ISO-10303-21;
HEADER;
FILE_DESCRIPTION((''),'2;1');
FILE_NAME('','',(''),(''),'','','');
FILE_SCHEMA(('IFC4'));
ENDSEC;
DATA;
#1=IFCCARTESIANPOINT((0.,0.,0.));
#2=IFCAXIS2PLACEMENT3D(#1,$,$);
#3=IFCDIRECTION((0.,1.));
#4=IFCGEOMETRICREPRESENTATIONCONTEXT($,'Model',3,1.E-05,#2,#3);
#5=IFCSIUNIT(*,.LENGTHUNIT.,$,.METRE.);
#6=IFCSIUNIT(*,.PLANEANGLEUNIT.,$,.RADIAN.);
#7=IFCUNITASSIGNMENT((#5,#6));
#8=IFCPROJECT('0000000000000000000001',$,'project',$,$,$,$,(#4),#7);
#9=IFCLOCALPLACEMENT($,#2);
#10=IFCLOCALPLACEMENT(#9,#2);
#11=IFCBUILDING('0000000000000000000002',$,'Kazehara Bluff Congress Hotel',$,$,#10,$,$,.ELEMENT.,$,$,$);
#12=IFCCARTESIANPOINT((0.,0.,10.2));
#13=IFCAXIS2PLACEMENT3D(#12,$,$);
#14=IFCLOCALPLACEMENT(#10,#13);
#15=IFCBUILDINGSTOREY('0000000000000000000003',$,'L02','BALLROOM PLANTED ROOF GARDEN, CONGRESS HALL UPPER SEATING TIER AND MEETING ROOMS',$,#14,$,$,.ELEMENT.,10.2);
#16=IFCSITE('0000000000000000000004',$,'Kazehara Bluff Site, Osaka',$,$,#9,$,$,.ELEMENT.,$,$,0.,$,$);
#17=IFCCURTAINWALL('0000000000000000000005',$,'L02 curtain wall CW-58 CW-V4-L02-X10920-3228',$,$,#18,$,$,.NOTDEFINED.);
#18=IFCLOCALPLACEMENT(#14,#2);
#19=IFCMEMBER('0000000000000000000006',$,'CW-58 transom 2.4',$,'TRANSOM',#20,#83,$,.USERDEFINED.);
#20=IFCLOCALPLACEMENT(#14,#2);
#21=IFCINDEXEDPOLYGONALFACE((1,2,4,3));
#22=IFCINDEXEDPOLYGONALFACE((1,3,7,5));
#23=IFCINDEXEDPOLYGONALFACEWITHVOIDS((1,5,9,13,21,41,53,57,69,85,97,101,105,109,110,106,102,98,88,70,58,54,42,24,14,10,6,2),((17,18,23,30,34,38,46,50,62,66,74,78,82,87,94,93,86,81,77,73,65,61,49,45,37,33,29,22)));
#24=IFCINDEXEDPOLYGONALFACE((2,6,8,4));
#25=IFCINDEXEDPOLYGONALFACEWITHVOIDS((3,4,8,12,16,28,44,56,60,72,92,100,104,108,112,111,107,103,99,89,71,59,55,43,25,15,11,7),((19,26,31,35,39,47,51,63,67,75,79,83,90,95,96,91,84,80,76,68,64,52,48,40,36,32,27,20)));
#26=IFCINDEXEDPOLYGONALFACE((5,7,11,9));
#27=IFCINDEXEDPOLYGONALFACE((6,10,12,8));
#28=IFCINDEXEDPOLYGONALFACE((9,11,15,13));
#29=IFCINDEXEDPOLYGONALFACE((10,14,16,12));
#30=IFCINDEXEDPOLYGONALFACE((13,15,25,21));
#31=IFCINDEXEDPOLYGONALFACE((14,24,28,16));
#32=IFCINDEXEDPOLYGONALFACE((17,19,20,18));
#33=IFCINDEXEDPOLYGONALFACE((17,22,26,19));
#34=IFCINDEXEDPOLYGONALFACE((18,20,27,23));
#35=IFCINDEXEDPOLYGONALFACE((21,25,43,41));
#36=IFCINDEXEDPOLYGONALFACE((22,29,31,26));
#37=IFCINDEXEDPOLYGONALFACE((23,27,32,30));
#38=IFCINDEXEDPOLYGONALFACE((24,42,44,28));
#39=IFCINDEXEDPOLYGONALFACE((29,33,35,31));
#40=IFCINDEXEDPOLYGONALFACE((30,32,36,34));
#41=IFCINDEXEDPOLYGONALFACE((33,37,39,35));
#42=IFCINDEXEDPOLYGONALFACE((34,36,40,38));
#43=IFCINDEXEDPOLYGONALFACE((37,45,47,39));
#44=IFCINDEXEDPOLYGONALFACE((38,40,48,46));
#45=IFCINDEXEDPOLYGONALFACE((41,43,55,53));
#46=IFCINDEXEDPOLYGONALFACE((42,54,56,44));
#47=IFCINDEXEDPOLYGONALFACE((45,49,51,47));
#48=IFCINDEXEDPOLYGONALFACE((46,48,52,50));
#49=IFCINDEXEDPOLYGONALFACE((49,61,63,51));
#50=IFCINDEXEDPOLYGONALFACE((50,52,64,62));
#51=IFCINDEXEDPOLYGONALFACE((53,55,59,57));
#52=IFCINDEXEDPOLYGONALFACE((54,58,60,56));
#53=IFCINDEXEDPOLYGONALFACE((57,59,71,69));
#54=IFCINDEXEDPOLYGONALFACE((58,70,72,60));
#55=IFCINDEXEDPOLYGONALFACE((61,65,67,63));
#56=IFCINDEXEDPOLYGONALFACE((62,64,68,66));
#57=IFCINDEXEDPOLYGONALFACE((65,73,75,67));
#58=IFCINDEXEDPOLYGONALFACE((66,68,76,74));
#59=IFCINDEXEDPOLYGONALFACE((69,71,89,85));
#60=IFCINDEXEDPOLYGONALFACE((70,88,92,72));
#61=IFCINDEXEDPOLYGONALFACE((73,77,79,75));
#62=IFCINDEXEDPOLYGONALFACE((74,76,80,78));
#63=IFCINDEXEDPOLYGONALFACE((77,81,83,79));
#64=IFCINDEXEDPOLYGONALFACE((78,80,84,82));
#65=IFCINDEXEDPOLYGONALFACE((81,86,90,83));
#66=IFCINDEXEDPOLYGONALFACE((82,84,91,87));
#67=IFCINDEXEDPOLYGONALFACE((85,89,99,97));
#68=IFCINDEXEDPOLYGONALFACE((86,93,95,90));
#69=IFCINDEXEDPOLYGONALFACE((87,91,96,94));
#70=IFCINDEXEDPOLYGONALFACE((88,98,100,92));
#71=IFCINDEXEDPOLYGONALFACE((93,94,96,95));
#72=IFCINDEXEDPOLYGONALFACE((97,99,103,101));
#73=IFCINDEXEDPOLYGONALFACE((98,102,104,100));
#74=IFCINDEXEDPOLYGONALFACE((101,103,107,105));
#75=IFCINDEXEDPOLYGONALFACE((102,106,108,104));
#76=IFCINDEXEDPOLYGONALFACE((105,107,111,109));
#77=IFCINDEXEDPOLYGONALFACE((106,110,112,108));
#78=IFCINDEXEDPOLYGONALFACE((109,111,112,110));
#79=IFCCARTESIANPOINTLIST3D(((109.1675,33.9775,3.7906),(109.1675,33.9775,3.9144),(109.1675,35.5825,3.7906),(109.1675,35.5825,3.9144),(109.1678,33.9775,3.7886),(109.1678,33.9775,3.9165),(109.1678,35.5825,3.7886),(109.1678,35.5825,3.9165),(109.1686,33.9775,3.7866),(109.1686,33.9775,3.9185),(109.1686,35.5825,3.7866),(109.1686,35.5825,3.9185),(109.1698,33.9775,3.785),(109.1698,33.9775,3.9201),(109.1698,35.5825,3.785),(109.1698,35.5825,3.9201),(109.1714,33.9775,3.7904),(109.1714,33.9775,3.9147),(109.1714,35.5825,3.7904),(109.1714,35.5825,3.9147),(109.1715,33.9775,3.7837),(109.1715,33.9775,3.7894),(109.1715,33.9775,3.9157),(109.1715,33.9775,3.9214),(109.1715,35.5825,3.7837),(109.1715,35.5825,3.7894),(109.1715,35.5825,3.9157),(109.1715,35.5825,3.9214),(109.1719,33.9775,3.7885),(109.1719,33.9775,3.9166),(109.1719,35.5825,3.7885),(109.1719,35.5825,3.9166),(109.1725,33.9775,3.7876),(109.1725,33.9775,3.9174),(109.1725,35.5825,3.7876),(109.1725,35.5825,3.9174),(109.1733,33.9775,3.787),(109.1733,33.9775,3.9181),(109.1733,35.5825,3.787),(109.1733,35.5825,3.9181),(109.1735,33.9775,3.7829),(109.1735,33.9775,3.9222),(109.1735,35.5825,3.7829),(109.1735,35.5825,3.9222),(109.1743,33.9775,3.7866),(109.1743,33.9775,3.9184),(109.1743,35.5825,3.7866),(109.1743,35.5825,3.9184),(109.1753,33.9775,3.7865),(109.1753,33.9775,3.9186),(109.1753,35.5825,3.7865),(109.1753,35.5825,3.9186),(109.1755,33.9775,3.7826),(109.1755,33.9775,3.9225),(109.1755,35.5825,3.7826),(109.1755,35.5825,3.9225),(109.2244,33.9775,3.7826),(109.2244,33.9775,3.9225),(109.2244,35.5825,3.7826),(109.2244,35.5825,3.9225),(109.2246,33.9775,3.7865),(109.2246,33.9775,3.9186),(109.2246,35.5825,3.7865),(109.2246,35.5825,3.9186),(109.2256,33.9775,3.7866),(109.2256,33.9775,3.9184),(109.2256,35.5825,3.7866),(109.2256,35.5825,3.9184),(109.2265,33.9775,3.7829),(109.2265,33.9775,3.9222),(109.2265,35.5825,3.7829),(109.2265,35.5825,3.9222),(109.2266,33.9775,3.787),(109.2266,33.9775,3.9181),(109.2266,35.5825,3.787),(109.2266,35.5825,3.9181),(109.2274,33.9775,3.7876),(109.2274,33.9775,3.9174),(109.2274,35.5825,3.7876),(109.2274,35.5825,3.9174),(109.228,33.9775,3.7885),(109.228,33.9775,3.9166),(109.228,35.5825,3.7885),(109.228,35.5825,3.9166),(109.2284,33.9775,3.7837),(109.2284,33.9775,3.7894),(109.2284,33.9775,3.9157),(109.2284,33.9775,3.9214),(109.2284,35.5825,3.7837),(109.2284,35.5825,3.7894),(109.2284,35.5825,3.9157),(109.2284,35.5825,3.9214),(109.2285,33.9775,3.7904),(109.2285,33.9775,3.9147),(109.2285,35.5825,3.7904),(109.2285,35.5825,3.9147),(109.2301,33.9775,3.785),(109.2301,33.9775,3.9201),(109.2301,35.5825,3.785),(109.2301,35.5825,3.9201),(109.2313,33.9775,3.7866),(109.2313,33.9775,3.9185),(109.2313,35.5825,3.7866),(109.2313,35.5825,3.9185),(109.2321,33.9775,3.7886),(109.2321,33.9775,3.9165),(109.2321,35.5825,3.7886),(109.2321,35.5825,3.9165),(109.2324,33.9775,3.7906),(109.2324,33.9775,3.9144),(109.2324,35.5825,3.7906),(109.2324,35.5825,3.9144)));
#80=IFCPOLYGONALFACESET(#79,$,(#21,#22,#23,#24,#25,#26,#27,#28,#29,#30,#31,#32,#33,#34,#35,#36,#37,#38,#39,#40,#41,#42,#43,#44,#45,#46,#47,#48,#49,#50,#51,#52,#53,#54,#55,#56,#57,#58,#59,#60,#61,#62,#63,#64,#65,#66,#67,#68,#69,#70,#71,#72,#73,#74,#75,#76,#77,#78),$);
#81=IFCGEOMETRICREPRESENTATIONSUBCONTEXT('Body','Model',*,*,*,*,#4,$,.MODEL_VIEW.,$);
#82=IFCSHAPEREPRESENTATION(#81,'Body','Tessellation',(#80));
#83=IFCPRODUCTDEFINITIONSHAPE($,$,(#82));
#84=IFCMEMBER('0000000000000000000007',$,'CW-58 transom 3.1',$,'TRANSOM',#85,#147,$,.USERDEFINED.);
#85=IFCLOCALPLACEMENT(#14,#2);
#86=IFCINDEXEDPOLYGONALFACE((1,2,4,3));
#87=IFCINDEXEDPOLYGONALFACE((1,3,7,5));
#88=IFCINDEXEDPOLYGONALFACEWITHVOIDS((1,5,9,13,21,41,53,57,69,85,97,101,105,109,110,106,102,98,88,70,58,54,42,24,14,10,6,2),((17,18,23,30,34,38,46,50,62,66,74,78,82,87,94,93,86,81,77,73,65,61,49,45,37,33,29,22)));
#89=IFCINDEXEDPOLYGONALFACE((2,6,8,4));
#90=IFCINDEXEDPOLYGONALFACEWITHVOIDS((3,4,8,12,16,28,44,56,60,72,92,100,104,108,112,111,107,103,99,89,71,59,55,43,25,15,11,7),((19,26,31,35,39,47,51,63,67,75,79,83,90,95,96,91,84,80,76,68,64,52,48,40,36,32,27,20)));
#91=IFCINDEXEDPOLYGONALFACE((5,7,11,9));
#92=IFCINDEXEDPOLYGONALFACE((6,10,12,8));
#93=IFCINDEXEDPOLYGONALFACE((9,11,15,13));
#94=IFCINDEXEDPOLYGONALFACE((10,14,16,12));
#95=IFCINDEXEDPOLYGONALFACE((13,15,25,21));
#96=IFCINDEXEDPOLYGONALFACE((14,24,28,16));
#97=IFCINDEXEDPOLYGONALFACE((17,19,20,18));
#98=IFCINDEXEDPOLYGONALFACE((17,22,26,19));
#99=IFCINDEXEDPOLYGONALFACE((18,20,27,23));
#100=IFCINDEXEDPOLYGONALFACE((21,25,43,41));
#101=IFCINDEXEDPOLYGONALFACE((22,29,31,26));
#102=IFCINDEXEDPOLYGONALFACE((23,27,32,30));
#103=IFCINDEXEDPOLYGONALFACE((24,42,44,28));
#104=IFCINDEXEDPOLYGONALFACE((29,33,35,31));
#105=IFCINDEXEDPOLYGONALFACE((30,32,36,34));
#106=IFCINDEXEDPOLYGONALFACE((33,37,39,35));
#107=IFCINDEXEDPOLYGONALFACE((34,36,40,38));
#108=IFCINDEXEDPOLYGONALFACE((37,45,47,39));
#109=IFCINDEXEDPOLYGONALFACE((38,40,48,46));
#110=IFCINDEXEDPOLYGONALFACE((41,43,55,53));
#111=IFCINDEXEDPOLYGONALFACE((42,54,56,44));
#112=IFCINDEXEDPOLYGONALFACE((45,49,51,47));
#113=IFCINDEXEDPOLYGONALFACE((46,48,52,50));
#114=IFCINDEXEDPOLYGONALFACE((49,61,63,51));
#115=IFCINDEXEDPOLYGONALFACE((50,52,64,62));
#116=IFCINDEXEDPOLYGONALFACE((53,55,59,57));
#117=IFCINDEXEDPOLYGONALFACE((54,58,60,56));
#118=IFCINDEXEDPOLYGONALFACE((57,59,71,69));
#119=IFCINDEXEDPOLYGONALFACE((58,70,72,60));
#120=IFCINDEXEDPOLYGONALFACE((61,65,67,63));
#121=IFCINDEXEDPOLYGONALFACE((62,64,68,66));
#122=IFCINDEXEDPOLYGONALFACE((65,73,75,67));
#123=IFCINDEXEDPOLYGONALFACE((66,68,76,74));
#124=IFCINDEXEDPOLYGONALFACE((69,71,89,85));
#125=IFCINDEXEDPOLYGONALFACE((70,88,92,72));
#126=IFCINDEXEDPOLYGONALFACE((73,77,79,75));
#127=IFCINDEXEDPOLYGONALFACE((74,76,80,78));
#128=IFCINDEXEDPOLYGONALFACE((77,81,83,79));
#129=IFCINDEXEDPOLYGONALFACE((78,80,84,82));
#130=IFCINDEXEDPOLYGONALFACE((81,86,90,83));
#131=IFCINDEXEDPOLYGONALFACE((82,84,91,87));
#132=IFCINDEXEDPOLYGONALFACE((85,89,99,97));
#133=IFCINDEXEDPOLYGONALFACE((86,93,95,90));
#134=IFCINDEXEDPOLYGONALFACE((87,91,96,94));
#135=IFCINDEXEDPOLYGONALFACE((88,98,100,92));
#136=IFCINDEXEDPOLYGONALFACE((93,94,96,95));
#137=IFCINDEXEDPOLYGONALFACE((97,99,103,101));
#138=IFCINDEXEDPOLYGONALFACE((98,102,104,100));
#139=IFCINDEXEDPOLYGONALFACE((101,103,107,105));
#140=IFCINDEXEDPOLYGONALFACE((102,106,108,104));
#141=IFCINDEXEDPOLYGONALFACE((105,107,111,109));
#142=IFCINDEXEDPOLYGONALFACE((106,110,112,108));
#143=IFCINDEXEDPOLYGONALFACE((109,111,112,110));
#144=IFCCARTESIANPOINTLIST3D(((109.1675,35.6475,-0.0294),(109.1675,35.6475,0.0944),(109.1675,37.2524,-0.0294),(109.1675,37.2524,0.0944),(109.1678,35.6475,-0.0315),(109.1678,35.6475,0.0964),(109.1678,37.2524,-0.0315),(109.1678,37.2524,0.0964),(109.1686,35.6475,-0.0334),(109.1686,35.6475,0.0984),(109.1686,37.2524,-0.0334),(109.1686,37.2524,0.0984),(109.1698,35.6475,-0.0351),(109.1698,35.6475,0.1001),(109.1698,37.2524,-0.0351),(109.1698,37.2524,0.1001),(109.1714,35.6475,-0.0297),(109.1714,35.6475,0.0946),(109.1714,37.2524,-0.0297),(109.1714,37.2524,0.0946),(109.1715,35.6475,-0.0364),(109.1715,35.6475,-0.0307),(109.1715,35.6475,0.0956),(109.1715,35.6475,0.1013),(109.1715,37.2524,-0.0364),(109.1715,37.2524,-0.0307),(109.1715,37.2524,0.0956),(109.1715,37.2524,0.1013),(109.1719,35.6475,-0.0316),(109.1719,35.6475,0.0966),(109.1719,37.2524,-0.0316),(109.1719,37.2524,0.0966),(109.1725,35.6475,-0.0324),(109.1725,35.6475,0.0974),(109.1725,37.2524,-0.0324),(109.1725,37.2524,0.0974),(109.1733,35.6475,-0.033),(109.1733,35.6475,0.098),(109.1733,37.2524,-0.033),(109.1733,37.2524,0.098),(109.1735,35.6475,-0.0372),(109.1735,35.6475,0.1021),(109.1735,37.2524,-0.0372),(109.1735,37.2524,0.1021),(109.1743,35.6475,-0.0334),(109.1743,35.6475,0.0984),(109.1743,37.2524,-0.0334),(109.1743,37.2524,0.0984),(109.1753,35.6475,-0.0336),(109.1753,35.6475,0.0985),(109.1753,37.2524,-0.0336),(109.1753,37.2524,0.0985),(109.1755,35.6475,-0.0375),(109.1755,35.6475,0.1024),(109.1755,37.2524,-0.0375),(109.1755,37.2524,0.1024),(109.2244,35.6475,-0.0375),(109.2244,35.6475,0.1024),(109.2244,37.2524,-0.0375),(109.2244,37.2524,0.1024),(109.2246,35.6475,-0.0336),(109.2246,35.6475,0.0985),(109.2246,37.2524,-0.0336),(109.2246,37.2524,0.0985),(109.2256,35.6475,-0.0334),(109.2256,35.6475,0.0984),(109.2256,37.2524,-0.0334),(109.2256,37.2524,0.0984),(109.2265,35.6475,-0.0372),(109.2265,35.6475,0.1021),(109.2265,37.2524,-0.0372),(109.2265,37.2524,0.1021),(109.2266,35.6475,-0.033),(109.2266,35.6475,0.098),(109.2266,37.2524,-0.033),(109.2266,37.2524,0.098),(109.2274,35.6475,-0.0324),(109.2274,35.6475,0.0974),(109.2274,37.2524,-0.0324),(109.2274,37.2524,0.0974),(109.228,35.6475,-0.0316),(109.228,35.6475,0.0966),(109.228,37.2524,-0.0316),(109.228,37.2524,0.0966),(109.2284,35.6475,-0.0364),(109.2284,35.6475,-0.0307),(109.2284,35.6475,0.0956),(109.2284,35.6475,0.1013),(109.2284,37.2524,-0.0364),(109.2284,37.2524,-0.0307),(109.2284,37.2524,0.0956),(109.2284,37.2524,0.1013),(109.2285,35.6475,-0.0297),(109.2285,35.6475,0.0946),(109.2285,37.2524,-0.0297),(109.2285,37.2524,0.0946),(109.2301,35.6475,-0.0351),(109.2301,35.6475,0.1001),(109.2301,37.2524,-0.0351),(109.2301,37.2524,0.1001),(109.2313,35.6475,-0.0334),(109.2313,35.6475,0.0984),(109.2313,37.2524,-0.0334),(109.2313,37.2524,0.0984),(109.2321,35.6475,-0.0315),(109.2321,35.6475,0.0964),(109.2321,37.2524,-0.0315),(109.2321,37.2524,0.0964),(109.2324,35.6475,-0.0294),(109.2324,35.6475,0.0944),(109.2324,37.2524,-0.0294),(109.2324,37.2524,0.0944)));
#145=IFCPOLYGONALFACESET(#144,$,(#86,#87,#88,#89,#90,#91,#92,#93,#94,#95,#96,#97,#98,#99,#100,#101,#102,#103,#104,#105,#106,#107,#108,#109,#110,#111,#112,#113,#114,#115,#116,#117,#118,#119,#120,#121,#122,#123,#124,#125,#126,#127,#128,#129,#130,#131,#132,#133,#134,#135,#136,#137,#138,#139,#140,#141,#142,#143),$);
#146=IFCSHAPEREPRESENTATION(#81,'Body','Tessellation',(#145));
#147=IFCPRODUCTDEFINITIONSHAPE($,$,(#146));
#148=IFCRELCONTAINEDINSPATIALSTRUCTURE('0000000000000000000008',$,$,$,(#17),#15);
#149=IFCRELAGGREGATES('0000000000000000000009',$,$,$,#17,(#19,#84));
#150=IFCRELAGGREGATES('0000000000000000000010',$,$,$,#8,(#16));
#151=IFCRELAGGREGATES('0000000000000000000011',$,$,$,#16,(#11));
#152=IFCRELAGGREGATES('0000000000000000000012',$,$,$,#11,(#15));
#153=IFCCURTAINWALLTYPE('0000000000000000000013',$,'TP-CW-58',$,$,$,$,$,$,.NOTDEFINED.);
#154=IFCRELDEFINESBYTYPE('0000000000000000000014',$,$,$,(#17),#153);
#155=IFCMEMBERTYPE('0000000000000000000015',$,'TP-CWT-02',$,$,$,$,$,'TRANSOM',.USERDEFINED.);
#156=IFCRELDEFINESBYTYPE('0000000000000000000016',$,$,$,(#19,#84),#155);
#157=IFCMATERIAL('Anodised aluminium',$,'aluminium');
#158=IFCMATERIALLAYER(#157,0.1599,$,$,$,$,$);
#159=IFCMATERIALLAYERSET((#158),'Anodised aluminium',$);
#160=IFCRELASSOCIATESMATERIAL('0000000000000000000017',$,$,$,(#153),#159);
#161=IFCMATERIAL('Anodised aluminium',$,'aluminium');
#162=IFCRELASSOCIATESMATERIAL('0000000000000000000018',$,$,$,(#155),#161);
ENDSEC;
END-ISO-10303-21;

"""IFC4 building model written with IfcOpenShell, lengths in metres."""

from ifc_helpers import new_model, si_unit, direction, frame, origin, origin_2d, place, context, subcontext, project, spatial, hollow_rectangle, extrude, material, layer, layer_set, material_profile, profile_set, type_object, element, aggregate, save


model = new_model("IFC4")

# Units and contexts
model_context = context("Model", 3, precision=1e-05, world=origin(), true_north=direction((0.0, 1.0)))
body_context = subcontext(model_context, "Body", "Model", "MODEL_VIEW")
ifc_project = project(units=[si_unit("LENGTHUNIT", "METRE"), si_unit("PLANEANGLEUNIT", "RADIAN")], contexts=[model_context])

# Site, building, storey
site_placement = place(None, origin())
site = spatial("IfcSite", under=ifc_project, at=site_placement, Name="Kazehara Bluff Site, Osaka", CompositionType="ELEMENT", RefElevation=0.0)
building_placement = place(site_placement, origin())
building = spatial("IfcBuilding", under=site, at=building_placement, Name="Kazehara Bluff Congress Hotel", CompositionType="ELEMENT")
storey_placement = place(building_placement, frame((0.0, 0.0, 10.2)))
storey = spatial("IfcBuildingStorey", under=building, at=storey_placement, Name="L02", Description="BALLROOM PLANTED ROOF GARDEN, CONGRESS HALL UPPER SEATING TIER AND MEETING ROOMS", CompositionType="ELEMENT", Elevation=10.2)

# Curtain wall, members
ifc_material_1 = material(Name="Anodised aluminium", Category="aluminium")
ifc_layer_1 = layer(ifc_material_1, 0.1599)
ifc_layer_set_1 = layer_set([ifc_layer_1], Name="Anodised aluminium")
curtain_wall_type = type_object("IfcCurtainWallType", Name="TP-CW-58", PredefinedType="NOTDEFINED", material=ifc_layer_set_1)
curtain_wall_placement = place(storey_placement, origin())
curtain_wall = element("IfcCurtainWall", 1, at=curtain_wall_placement, inside=storey, type_object=curtain_wall_type, Name="L02 curtain wall CW-58 CW-V4-L02-X10920-3228", PredefinedType="NOTDEFINED")
ifc_material_2 = material(Name="Anodised aluminium", Category="aluminium")
ifc_material_profile_1 = material_profile(ifc_material_2, hollow_rectangle(XDim=0.0649, YDim=0.1399, WallThickness=0.0039, InnerFilletRadius=0.0039, OuterFilletRadius=0.0081, at=origin_2d()))
ifc_profile_set_1 = profile_set([ifc_material_profile_1], Name="Anodised aluminium")
member_type_1 = type_object("IfcMemberType", Name="TP-CWT-02", ElementType="TRANSOM", PredefinedType="USERDEFINED", material=ifc_profile_set_1)
member_1_placement = place(storey_placement, frame((109.2, 33.9775, 3.8525), z_axis=(0.0, 1.0, 0.0), x_axis=(-1.0, 0.0, 0.0)))
member_1 = element("IfcMember", 2, at=member_1_placement, type_object=member_type_1, Name="CW-58 transom 2.4", ObjectType="TRANSOM", PredefinedType="USERDEFINED", context=body_context, shape_type="SweptSolid", body=[
    extrude(hollow_rectangle(XDim=0.0649, YDim=0.1399, WallThickness=0.0039, InnerFilletRadius=0.0039, OuterFilletRadius=0.0081, at=origin_2d()), origin(), (0.0, 0.0, 1.0), 1.605),
])
member_2_placement = place(storey_placement, frame((109.2, 35.6475, 0.0325), z_axis=(0.0, 1.0, 0.0), x_axis=(-1.0, 0.0, 0.0)))
member_2 = element("IfcMember", 3, at=member_2_placement, type_object=member_type_1, Name="CW-58 transom 3.1", ObjectType="TRANSOM", PredefinedType="USERDEFINED", context=body_context, shape_type="SweptSolid", body=[
    extrude(hollow_rectangle(XDim=0.0649, YDim=0.1399, WallThickness=0.0039, InnerFilletRadius=0.0039, OuterFilletRadius=0.0081, at=origin_2d()), origin(), (0.0, 0.0, 1.0), 1.605),
])

aggregate(curtain_wall, [member_1, member_2])

save(model, "model.ifc")
